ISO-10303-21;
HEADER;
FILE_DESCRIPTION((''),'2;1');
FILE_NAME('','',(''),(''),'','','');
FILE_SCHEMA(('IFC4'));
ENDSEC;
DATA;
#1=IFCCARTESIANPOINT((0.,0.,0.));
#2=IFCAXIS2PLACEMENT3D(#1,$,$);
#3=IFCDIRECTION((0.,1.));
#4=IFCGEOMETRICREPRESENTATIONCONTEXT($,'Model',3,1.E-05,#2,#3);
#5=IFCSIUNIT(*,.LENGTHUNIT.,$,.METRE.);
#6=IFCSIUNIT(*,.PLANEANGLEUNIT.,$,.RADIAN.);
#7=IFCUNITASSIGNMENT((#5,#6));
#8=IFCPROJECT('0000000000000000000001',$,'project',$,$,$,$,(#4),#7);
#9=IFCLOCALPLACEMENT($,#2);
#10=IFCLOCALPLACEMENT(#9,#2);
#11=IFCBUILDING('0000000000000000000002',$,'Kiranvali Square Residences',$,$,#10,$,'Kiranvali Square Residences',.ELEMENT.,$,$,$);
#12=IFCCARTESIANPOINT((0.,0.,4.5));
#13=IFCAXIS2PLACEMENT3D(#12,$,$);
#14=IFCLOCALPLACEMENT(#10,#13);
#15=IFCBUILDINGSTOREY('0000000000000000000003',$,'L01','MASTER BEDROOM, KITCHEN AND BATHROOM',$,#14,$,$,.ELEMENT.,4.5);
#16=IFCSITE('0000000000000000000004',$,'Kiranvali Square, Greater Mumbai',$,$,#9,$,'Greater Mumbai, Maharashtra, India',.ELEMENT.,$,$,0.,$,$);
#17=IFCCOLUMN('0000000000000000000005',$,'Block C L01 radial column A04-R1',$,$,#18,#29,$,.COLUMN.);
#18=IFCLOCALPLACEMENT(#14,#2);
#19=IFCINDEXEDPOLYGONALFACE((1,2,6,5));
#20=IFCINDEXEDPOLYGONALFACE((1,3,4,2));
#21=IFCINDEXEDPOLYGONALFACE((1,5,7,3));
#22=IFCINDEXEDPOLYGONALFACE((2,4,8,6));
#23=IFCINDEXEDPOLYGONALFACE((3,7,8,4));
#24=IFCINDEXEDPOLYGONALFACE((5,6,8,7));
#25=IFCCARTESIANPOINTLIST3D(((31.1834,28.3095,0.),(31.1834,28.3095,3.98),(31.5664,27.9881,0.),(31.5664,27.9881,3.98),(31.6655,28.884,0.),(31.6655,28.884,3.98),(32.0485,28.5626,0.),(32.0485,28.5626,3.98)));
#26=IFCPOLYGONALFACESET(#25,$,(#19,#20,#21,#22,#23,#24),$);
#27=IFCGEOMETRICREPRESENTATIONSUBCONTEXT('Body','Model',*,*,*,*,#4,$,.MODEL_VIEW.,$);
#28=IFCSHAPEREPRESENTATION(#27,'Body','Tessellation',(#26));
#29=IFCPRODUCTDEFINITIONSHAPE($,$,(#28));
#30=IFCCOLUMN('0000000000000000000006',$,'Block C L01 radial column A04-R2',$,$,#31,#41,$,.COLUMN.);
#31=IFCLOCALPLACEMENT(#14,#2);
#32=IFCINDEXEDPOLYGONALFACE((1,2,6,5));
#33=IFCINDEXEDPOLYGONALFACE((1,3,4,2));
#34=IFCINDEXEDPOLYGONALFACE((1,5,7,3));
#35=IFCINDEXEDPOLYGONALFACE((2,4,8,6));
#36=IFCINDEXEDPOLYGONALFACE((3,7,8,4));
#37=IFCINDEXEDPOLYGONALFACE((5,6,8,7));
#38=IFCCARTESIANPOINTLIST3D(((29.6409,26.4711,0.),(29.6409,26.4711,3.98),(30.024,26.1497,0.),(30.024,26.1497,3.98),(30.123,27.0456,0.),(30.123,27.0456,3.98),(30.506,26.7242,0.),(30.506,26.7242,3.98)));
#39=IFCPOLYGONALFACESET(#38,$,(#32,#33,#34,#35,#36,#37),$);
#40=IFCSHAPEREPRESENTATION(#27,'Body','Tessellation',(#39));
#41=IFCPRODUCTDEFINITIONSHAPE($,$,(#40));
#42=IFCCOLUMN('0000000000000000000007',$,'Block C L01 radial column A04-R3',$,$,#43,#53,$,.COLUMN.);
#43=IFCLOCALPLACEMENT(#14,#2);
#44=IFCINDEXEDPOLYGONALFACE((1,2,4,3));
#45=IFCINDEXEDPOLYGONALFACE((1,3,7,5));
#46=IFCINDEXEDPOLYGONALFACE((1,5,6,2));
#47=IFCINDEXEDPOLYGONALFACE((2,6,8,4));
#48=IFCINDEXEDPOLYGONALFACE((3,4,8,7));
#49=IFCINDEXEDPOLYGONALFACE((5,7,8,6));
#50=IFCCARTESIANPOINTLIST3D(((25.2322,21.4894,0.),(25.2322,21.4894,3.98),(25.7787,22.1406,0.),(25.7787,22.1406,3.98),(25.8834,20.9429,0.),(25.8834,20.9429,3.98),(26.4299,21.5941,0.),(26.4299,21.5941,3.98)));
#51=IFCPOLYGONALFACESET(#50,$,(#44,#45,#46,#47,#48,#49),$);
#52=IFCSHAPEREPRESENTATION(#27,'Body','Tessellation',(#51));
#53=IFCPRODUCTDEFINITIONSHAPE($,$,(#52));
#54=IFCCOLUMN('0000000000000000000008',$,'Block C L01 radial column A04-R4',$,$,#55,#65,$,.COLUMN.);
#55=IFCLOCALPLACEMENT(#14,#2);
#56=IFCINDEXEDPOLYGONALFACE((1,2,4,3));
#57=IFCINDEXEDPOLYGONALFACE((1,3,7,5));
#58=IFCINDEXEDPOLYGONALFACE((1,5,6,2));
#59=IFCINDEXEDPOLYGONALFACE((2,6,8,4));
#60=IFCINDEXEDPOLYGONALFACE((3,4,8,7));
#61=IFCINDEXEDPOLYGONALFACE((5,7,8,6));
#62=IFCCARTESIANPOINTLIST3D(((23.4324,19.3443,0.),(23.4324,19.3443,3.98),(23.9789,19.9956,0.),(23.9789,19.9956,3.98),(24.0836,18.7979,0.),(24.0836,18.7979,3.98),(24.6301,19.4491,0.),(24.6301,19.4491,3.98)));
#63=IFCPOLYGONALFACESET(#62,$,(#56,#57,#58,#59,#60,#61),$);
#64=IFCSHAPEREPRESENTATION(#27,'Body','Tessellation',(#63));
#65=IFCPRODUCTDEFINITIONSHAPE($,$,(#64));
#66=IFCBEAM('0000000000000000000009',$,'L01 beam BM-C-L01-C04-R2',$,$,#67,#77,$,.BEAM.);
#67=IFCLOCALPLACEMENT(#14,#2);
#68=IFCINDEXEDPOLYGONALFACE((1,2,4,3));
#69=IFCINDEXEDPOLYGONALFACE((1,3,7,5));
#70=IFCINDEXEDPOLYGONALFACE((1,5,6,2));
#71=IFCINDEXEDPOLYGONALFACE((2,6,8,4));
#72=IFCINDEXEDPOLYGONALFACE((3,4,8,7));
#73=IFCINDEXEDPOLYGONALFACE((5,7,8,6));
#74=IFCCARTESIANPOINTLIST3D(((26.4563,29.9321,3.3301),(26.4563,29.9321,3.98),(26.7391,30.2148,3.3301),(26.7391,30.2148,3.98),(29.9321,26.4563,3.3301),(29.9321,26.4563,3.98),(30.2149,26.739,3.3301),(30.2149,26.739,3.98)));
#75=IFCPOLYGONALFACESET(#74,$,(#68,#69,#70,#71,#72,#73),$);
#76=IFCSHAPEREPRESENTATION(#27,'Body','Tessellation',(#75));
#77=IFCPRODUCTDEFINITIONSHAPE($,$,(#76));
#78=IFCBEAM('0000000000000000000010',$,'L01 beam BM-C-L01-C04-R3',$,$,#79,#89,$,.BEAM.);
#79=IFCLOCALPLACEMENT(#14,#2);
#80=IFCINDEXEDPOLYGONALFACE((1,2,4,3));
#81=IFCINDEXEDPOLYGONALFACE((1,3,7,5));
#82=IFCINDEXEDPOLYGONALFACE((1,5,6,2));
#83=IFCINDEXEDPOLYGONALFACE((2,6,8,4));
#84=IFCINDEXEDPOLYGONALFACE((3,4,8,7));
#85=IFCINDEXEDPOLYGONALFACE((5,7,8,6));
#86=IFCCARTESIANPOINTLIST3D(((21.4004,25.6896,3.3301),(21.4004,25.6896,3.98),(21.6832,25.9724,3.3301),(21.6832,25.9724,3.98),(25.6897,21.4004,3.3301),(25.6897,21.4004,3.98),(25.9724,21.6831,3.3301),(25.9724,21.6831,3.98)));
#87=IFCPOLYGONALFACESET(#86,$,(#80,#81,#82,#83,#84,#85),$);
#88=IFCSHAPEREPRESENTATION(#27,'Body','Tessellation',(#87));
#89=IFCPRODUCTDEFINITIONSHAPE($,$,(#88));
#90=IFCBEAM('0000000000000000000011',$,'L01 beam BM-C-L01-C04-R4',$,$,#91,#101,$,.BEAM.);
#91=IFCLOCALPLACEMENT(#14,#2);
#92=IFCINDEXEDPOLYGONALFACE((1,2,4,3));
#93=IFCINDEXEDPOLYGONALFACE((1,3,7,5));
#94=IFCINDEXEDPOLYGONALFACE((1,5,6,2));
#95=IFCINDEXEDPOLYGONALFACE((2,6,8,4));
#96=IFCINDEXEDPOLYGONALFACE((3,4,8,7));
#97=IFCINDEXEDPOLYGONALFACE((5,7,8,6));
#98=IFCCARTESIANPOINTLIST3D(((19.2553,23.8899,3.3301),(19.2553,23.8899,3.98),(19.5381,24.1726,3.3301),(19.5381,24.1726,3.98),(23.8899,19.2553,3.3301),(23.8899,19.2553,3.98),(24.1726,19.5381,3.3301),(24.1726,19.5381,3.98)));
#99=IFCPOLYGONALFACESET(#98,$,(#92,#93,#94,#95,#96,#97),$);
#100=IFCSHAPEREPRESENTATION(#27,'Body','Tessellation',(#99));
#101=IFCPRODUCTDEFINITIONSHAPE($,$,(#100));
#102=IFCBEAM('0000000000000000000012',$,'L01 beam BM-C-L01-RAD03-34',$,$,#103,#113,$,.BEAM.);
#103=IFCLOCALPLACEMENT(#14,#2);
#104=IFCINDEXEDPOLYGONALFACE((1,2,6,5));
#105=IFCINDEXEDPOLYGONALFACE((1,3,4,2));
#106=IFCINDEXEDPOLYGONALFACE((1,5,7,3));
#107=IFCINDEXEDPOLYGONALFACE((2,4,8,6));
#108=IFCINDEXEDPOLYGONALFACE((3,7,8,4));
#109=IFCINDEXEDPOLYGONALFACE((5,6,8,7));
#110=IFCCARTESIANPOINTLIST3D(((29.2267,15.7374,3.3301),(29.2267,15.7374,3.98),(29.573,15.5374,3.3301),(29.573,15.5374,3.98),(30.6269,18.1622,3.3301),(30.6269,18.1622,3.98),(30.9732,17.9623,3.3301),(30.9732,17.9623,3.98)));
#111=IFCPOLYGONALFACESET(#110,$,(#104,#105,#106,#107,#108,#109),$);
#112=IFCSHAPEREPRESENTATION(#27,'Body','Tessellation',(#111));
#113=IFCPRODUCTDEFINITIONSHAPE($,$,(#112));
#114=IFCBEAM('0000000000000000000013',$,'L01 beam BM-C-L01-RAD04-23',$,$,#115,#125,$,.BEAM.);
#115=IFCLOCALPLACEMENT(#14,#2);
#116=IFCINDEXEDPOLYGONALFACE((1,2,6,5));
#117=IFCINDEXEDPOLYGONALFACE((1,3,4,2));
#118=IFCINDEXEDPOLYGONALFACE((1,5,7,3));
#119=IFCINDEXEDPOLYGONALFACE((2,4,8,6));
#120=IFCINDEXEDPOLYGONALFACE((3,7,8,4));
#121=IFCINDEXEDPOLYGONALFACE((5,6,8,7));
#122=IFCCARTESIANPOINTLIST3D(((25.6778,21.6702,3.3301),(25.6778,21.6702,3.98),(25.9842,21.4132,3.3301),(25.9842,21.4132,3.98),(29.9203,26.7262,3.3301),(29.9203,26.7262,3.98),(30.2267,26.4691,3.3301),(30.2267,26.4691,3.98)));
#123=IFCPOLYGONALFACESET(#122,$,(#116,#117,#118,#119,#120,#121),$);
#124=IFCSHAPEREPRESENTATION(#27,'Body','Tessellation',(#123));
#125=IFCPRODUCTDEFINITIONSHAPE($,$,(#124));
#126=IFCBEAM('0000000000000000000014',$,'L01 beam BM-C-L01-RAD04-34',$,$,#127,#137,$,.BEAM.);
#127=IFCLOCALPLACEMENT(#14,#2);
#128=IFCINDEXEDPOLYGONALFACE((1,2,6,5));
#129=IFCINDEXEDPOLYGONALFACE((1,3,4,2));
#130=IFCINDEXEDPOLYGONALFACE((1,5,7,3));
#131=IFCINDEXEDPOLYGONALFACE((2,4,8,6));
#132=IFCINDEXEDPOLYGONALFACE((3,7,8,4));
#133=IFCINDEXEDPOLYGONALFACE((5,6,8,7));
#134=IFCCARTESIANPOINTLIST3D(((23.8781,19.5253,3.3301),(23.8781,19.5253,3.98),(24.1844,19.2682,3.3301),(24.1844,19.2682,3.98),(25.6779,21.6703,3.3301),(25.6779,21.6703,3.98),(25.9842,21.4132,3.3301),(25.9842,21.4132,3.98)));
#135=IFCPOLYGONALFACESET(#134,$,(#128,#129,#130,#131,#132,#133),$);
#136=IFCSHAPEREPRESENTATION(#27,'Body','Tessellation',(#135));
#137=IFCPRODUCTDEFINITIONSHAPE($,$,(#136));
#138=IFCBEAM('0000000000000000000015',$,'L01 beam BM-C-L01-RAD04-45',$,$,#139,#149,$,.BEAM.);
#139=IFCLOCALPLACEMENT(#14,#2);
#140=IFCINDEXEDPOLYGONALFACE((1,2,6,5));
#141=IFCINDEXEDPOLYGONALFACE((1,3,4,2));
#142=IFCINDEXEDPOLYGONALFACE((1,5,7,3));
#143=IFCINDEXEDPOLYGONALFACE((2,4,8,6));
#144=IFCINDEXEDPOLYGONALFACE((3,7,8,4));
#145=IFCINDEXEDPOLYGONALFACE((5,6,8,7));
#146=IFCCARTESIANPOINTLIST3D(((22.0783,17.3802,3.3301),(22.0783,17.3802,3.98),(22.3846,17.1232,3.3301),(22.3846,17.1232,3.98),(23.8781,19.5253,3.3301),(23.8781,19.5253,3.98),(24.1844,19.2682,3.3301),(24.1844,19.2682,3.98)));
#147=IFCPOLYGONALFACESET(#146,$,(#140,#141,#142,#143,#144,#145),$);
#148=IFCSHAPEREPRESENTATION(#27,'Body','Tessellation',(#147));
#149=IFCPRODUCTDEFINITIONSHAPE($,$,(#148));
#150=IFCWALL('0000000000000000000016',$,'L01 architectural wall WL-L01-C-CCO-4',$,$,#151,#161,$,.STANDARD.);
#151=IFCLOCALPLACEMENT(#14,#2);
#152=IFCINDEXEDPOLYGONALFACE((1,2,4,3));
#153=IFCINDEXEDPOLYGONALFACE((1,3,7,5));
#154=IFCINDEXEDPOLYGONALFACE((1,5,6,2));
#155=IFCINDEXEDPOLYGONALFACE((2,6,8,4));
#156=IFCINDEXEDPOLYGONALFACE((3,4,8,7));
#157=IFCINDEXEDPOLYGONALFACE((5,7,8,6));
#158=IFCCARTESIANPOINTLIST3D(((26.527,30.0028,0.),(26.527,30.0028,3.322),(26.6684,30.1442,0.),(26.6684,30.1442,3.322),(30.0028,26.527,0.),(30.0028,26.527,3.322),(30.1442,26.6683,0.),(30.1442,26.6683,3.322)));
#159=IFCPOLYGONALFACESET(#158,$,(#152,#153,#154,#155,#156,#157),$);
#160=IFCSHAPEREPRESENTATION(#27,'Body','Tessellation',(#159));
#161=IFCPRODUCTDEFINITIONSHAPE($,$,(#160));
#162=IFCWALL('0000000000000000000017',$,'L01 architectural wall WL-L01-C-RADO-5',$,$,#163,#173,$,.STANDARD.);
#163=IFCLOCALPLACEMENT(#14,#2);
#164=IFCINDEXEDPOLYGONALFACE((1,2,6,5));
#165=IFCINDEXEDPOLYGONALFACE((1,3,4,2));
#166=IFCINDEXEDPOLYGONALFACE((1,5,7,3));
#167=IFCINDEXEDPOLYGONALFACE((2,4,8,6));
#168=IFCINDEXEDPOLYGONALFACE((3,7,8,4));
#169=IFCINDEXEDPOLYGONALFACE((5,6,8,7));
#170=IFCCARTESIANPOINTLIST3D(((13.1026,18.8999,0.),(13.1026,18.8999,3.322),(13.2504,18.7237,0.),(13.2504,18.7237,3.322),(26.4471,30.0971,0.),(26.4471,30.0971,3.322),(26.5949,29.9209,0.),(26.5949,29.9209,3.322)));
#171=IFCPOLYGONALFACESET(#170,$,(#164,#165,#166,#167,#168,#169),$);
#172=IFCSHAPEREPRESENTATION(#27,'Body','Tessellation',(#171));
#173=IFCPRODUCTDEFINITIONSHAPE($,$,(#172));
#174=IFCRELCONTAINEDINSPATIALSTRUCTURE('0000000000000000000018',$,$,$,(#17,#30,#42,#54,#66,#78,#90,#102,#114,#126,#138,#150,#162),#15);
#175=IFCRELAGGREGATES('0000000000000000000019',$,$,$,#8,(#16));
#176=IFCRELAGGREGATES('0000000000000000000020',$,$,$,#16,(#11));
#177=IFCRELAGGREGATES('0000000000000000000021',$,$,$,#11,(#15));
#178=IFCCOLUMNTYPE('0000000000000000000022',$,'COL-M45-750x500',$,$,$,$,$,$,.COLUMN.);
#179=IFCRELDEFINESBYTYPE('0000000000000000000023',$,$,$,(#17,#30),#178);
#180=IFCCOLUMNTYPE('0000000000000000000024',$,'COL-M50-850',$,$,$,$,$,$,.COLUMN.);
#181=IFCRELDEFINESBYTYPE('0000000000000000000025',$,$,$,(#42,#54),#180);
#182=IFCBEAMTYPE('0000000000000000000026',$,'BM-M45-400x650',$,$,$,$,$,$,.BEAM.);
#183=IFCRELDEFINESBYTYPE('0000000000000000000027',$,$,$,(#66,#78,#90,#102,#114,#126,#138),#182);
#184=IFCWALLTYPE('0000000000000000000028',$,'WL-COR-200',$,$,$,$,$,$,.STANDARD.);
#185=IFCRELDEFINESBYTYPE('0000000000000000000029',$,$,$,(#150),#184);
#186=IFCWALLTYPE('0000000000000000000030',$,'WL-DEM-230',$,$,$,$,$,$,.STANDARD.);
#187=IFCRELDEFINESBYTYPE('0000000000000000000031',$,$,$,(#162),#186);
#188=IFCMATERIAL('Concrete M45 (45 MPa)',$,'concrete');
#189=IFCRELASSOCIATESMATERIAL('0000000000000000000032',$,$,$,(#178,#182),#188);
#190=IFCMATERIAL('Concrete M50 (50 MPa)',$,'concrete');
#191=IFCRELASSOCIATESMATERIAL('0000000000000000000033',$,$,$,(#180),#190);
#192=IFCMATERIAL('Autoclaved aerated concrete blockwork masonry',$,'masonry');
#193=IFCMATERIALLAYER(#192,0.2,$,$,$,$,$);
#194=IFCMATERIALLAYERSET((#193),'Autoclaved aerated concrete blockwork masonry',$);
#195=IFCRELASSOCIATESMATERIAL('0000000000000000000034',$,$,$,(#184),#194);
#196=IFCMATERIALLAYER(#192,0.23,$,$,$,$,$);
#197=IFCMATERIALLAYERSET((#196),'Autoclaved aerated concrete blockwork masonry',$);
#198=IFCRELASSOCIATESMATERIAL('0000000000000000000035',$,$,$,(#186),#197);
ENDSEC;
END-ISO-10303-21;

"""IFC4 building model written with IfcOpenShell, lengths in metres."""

from ifc_helpers import new_model, si_unit, direction, frame, frame_2d, origin, origin_2d, place, context, subcontext, project, spatial, rectangle, extrude, material, layer, layer_set, material_profile, profile_set, type_object, element, save


model = new_model("IFC4")

# Units and contexts
model_context = context("Model", 3, precision=1e-05, world=origin(), true_north=direction((0.0, 1.0)))
body_context = subcontext(model_context, "Body", "Model", "MODEL_VIEW")
ifc_project = project(units=[si_unit("LENGTHUNIT", "METRE"), si_unit("PLANEANGLEUNIT", "RADIAN")], contexts=[model_context])

# Site, building, storey
site_placement = place(None, origin())
site = spatial("IfcSite", under=ifc_project, at=site_placement, Name="Kiranvali Square, Greater Mumbai", LongName="Greater Mumbai, Maharashtra, India", CompositionType="ELEMENT", RefElevation=0.0)
building_placement = place(site_placement, origin())
building = spatial("IfcBuilding", under=site, at=building_placement, Name="Kiranvali Square Residences", LongName="Kiranvali Square Residences", CompositionType="ELEMENT")
storey_placement = place(building_placement, frame((0.0, 0.0, 4.5)))
storey = spatial("IfcBuildingStorey", under=building, at=storey_placement, Name="L01", Description="MASTER BEDROOM, KITCHEN AND BATHROOM", CompositionType="ELEMENT", Elevation=4.5)

# Columns
ifc_material_1 = material(Name="Concrete M45 (45 MPa)", Category="concrete")
ifc_material_profile_1 = material_profile(ifc_material_1, rectangle(XDim=0.5, YDim=0.75, at=origin_2d()), Name="RC 750x500")
ifc_profile_set_1 = profile_set([ifc_material_profile_1], Name="Concrete M45 (45 MPa)")
column_type_1 = type_object("IfcColumnType", Name="COL-M45-750x500", PredefinedType="COLUMN", material=ifc_profile_set_1)
for number, where, z_axis, x_axis, name in (
    (1, (31.616, 28.436, 0.0), (0.0, 0.0, 1.0), (-0.766044, 0.642788, 0.0), "Block C L01 radial column A04-R1"),
    (2, (30.0735, 26.5977, 0.0), (0.0, 0.0, 1.0), (-0.766044, 0.642788, 0.0), "Block C L01 radial column A04-R2"),
):
    element("IfcColumn", number, at=place(storey_placement, frame(where, z_axis=z_axis, x_axis=x_axis)), inside=storey, type_object=column_type_1, Name=name, PredefinedType="COLUMN", context=body_context, shape_type="SweptSolid", body=[
        extrude(rectangle(XDim=0.5, YDim=0.75, at=origin_2d()), origin(), (0.0, 0.0, 1.0), 3.98),
    ])
ifc_material_2 = material(Name="Concrete M50 (50 MPa)", Category="concrete")
ifc_material_profile_2 = material_profile(ifc_material_2, rectangle(XDim=0.8501, YDim=0.8501, at=origin_2d()), Name="RC 850x850")
ifc_profile_set_2 = profile_set([ifc_material_profile_2], Name="Concrete M50 (50 MPa)")
column_type_2 = type_object("IfcColumnType", Name="COL-M50-850", PredefinedType="COLUMN", material=ifc_profile_set_2)
for number, where, z_axis, x_axis, name in (
    (3, (25.8311, 21.5417, 0.0), (0.0, 0.0, 1.0), (-0.766044, 0.642788, 0.0), "Block C L01 radial column A04-R3"),
    (4, (24.0312, 19.3967, 0.0), (0.0, 0.0, 1.0), (-0.766044, 0.642788, 0.0), "Block C L01 radial column A04-R4"),
):
    element("IfcColumn", number, at=place(storey_placement, frame(where, z_axis=z_axis, x_axis=x_axis)), inside=storey, type_object=column_type_2, Name=name, PredefinedType="COLUMN", context=body_context, shape_type="SweptSolid", body=[
        extrude(rectangle(XDim=0.8501, YDim=0.8501, at=origin_2d()), origin(), (0.0, 0.0, 1.0), 3.98),
    ])

# Beams
ifc_material_profile_3 = material_profile(ifc_material_1, rectangle(XDim=0.3999, YDim=0.6499, at=origin_2d()), Name="RC 400x650")
ifc_profile_set_3 = profile_set([ifc_material_profile_3], Name="Concrete M45 (45 MPa)")
beam_type = type_object("IfcBeamType", Name="BM-M45-400x650", PredefinedType="BEAM", material=ifc_profile_set_3)
beam_1_placement = place(storey_placement, frame((30.0735, 26.5977, 3.655), z_axis=(-0.707107, 0.707107, 0.0), x_axis=(-0.707107, -0.707107, 0.0)))
element("IfcBeam", 5, at=beam_1_placement, inside=storey, type_object=beam_type, Name="L01 beam BM-C-L01-C04-R2", PredefinedType="BEAM", context=body_context, shape_type="SweptSolid", body=[
    extrude(rectangle(XDim=0.3999, YDim=0.6499, at=origin_2d()), origin(), (0.0, 0.0, 1.0), 4.9155),
])
beam_2_placement = place(storey_placement, frame((25.8311, 21.5417, 3.655), z_axis=(-0.707107, 0.707107, 0.0), x_axis=(-0.707107, -0.707107, 0.0)))
element("IfcBeam", 6, at=beam_2_placement, inside=storey, type_object=beam_type, Name="L01 beam BM-C-L01-C04-R3", PredefinedType="BEAM", context=body_context, shape_type="SweptSolid", body=[
    extrude(rectangle(XDim=0.3999, YDim=0.6499, at=origin_2d()), origin(), (0.0, 0.0, 1.0), 6.0659),
])
beam_3_placement = place(storey_placement, frame((24.0312, 19.3967, 3.655), z_axis=(-0.707107, 0.707107, 0.0), x_axis=(-0.707107, -0.707107, 0.0)))
element("IfcBeam", 7, at=beam_3_placement, inside=storey, type_object=beam_type, Name="L01 beam BM-C-L01-C04-R4", PredefinedType="BEAM", context=body_context, shape_type="SweptSolid", body=[
    extrude(rectangle(XDim=0.3999, YDim=0.6499, at=origin_2d()), origin(), (0.0, 0.0, 1.0), 6.5542),
])
beam_4_placement = place(storey_placement, frame((30.8, 18.0623, 3.655), z_axis=(-0.50005, -0.865997, 0.0), x_axis=(0.865997, -0.50005, 0.0)))
element("IfcBeam", 8, at=beam_4_placement, inside=storey, type_object=beam_type, Name="L01 beam BM-C-L01-RAD03-34", PredefinedType="BEAM", context=body_context, shape_type="SweptSolid", body=[
    extrude(rectangle(XDim=0.3999, YDim=0.6499, at=origin_2d()), origin(), (0.0, 0.0, 1.0), 2.8),
])
beam_5_placement = place(storey_placement, frame((30.0735, 26.5977, 3.655), z_axis=(-0.642789, -0.766043, 0.0), x_axis=(0.766043, -0.642789, 0.0)))
element("IfcBeam", 9, at=beam_5_placement, inside=storey, type_object=beam_type, Name="L01 beam BM-C-L01-RAD04-23", PredefinedType="BEAM", context=body_context, shape_type="SweptSolid", body=[
    extrude(rectangle(XDim=0.3999, YDim=0.6499, at=origin_2d()), origin(), (0.0, 0.0, 1.0), 6.6001),
])
for number, where, z_axis, x_axis, name in (
    (10, (25.8311, 21.5417, 3.655), (-0.642771, -0.766059, 0.0), (0.766059, -0.642771, 0.0), "L01 beam BM-C-L01-RAD04-34"),
    (11, (24.0312, 19.3967, 3.655), (-0.642771, -0.766059, 0.0), (0.766059, -0.642771, 0.0), "L01 beam BM-C-L01-RAD04-45"),
):
    element("IfcBeam", number, at=place(storey_placement, frame(where, z_axis=z_axis, x_axis=x_axis)), inside=storey, type_object=beam_type, Name=name, PredefinedType="BEAM", context=body_context, shape_type="SweptSolid", body=[
        extrude(rectangle(XDim=0.3999, YDim=0.6499, at=origin_2d()), origin(), (0.0, 0.0, 1.0), 2.8),
    ])

# Walls
ifc_material_3 = material(Name="Autoclaved aerated concrete blockwork masonry", Category="masonry")
ifc_layer_1 = layer(ifc_material_3, 0.2)
ifc_layer_set_1 = layer_set([ifc_layer_1], Name="Autoclaved aerated concrete blockwork masonry")
wall_type_1 = type_object("IfcWallType", Name="WL-COR-200", PredefinedType="STANDARD", material=ifc_layer_set_1)
wall_1_placement = place(storey_placement, frame((30.0735, 26.5977, 0.0), z_axis=(0.0, 0.0, 1.0), x_axis=(-0.707107, 0.707107, 0.0)))
element("IfcWall", 12, at=wall_1_placement, inside=storey, type_object=wall_type_1, Name="L01 architectural wall WL-L01-C-CCO-4", PredefinedType="STANDARD", context=body_context, shape_type="SweptSolid", body=[
    extrude(rectangle(XDim=4.9155, YDim=0.2, at=frame_2d((2.4578, 0.0))), origin(), (0.0, 0.0, 1.0), 3.322),
])
ifc_layer_2 = layer(ifc_material_3, 0.23)
ifc_layer_set_2 = layer_set([ifc_layer_2], Name="Autoclaved aerated concrete blockwork masonry")
wall_type_2 = type_object("IfcWallType", Name="WL-DEM-230", PredefinedType="STANDARD", material=ifc_layer_set_2)
wall_2_placement = place(storey_placement, frame((26.521, 30.009, 0.0), z_axis=(0.0, 0.0, 1.0), x_axis=(-0.766047, -0.642785, 0.0)))
element("IfcWall", 13, at=wall_2_placement, inside=storey, type_object=wall_type_2, Name="L01 architectural wall WL-L01-C-RADO-5", PredefinedType="STANDARD", context=body_context, shape_type="SweptSolid", body=[
    extrude(rectangle(XDim=17.4199, YDim=0.23, at=frame_2d((8.71, 0.0))), origin(), (0.0, 0.0, 1.0), 3.322),
])

save(model, "model.ifc")
